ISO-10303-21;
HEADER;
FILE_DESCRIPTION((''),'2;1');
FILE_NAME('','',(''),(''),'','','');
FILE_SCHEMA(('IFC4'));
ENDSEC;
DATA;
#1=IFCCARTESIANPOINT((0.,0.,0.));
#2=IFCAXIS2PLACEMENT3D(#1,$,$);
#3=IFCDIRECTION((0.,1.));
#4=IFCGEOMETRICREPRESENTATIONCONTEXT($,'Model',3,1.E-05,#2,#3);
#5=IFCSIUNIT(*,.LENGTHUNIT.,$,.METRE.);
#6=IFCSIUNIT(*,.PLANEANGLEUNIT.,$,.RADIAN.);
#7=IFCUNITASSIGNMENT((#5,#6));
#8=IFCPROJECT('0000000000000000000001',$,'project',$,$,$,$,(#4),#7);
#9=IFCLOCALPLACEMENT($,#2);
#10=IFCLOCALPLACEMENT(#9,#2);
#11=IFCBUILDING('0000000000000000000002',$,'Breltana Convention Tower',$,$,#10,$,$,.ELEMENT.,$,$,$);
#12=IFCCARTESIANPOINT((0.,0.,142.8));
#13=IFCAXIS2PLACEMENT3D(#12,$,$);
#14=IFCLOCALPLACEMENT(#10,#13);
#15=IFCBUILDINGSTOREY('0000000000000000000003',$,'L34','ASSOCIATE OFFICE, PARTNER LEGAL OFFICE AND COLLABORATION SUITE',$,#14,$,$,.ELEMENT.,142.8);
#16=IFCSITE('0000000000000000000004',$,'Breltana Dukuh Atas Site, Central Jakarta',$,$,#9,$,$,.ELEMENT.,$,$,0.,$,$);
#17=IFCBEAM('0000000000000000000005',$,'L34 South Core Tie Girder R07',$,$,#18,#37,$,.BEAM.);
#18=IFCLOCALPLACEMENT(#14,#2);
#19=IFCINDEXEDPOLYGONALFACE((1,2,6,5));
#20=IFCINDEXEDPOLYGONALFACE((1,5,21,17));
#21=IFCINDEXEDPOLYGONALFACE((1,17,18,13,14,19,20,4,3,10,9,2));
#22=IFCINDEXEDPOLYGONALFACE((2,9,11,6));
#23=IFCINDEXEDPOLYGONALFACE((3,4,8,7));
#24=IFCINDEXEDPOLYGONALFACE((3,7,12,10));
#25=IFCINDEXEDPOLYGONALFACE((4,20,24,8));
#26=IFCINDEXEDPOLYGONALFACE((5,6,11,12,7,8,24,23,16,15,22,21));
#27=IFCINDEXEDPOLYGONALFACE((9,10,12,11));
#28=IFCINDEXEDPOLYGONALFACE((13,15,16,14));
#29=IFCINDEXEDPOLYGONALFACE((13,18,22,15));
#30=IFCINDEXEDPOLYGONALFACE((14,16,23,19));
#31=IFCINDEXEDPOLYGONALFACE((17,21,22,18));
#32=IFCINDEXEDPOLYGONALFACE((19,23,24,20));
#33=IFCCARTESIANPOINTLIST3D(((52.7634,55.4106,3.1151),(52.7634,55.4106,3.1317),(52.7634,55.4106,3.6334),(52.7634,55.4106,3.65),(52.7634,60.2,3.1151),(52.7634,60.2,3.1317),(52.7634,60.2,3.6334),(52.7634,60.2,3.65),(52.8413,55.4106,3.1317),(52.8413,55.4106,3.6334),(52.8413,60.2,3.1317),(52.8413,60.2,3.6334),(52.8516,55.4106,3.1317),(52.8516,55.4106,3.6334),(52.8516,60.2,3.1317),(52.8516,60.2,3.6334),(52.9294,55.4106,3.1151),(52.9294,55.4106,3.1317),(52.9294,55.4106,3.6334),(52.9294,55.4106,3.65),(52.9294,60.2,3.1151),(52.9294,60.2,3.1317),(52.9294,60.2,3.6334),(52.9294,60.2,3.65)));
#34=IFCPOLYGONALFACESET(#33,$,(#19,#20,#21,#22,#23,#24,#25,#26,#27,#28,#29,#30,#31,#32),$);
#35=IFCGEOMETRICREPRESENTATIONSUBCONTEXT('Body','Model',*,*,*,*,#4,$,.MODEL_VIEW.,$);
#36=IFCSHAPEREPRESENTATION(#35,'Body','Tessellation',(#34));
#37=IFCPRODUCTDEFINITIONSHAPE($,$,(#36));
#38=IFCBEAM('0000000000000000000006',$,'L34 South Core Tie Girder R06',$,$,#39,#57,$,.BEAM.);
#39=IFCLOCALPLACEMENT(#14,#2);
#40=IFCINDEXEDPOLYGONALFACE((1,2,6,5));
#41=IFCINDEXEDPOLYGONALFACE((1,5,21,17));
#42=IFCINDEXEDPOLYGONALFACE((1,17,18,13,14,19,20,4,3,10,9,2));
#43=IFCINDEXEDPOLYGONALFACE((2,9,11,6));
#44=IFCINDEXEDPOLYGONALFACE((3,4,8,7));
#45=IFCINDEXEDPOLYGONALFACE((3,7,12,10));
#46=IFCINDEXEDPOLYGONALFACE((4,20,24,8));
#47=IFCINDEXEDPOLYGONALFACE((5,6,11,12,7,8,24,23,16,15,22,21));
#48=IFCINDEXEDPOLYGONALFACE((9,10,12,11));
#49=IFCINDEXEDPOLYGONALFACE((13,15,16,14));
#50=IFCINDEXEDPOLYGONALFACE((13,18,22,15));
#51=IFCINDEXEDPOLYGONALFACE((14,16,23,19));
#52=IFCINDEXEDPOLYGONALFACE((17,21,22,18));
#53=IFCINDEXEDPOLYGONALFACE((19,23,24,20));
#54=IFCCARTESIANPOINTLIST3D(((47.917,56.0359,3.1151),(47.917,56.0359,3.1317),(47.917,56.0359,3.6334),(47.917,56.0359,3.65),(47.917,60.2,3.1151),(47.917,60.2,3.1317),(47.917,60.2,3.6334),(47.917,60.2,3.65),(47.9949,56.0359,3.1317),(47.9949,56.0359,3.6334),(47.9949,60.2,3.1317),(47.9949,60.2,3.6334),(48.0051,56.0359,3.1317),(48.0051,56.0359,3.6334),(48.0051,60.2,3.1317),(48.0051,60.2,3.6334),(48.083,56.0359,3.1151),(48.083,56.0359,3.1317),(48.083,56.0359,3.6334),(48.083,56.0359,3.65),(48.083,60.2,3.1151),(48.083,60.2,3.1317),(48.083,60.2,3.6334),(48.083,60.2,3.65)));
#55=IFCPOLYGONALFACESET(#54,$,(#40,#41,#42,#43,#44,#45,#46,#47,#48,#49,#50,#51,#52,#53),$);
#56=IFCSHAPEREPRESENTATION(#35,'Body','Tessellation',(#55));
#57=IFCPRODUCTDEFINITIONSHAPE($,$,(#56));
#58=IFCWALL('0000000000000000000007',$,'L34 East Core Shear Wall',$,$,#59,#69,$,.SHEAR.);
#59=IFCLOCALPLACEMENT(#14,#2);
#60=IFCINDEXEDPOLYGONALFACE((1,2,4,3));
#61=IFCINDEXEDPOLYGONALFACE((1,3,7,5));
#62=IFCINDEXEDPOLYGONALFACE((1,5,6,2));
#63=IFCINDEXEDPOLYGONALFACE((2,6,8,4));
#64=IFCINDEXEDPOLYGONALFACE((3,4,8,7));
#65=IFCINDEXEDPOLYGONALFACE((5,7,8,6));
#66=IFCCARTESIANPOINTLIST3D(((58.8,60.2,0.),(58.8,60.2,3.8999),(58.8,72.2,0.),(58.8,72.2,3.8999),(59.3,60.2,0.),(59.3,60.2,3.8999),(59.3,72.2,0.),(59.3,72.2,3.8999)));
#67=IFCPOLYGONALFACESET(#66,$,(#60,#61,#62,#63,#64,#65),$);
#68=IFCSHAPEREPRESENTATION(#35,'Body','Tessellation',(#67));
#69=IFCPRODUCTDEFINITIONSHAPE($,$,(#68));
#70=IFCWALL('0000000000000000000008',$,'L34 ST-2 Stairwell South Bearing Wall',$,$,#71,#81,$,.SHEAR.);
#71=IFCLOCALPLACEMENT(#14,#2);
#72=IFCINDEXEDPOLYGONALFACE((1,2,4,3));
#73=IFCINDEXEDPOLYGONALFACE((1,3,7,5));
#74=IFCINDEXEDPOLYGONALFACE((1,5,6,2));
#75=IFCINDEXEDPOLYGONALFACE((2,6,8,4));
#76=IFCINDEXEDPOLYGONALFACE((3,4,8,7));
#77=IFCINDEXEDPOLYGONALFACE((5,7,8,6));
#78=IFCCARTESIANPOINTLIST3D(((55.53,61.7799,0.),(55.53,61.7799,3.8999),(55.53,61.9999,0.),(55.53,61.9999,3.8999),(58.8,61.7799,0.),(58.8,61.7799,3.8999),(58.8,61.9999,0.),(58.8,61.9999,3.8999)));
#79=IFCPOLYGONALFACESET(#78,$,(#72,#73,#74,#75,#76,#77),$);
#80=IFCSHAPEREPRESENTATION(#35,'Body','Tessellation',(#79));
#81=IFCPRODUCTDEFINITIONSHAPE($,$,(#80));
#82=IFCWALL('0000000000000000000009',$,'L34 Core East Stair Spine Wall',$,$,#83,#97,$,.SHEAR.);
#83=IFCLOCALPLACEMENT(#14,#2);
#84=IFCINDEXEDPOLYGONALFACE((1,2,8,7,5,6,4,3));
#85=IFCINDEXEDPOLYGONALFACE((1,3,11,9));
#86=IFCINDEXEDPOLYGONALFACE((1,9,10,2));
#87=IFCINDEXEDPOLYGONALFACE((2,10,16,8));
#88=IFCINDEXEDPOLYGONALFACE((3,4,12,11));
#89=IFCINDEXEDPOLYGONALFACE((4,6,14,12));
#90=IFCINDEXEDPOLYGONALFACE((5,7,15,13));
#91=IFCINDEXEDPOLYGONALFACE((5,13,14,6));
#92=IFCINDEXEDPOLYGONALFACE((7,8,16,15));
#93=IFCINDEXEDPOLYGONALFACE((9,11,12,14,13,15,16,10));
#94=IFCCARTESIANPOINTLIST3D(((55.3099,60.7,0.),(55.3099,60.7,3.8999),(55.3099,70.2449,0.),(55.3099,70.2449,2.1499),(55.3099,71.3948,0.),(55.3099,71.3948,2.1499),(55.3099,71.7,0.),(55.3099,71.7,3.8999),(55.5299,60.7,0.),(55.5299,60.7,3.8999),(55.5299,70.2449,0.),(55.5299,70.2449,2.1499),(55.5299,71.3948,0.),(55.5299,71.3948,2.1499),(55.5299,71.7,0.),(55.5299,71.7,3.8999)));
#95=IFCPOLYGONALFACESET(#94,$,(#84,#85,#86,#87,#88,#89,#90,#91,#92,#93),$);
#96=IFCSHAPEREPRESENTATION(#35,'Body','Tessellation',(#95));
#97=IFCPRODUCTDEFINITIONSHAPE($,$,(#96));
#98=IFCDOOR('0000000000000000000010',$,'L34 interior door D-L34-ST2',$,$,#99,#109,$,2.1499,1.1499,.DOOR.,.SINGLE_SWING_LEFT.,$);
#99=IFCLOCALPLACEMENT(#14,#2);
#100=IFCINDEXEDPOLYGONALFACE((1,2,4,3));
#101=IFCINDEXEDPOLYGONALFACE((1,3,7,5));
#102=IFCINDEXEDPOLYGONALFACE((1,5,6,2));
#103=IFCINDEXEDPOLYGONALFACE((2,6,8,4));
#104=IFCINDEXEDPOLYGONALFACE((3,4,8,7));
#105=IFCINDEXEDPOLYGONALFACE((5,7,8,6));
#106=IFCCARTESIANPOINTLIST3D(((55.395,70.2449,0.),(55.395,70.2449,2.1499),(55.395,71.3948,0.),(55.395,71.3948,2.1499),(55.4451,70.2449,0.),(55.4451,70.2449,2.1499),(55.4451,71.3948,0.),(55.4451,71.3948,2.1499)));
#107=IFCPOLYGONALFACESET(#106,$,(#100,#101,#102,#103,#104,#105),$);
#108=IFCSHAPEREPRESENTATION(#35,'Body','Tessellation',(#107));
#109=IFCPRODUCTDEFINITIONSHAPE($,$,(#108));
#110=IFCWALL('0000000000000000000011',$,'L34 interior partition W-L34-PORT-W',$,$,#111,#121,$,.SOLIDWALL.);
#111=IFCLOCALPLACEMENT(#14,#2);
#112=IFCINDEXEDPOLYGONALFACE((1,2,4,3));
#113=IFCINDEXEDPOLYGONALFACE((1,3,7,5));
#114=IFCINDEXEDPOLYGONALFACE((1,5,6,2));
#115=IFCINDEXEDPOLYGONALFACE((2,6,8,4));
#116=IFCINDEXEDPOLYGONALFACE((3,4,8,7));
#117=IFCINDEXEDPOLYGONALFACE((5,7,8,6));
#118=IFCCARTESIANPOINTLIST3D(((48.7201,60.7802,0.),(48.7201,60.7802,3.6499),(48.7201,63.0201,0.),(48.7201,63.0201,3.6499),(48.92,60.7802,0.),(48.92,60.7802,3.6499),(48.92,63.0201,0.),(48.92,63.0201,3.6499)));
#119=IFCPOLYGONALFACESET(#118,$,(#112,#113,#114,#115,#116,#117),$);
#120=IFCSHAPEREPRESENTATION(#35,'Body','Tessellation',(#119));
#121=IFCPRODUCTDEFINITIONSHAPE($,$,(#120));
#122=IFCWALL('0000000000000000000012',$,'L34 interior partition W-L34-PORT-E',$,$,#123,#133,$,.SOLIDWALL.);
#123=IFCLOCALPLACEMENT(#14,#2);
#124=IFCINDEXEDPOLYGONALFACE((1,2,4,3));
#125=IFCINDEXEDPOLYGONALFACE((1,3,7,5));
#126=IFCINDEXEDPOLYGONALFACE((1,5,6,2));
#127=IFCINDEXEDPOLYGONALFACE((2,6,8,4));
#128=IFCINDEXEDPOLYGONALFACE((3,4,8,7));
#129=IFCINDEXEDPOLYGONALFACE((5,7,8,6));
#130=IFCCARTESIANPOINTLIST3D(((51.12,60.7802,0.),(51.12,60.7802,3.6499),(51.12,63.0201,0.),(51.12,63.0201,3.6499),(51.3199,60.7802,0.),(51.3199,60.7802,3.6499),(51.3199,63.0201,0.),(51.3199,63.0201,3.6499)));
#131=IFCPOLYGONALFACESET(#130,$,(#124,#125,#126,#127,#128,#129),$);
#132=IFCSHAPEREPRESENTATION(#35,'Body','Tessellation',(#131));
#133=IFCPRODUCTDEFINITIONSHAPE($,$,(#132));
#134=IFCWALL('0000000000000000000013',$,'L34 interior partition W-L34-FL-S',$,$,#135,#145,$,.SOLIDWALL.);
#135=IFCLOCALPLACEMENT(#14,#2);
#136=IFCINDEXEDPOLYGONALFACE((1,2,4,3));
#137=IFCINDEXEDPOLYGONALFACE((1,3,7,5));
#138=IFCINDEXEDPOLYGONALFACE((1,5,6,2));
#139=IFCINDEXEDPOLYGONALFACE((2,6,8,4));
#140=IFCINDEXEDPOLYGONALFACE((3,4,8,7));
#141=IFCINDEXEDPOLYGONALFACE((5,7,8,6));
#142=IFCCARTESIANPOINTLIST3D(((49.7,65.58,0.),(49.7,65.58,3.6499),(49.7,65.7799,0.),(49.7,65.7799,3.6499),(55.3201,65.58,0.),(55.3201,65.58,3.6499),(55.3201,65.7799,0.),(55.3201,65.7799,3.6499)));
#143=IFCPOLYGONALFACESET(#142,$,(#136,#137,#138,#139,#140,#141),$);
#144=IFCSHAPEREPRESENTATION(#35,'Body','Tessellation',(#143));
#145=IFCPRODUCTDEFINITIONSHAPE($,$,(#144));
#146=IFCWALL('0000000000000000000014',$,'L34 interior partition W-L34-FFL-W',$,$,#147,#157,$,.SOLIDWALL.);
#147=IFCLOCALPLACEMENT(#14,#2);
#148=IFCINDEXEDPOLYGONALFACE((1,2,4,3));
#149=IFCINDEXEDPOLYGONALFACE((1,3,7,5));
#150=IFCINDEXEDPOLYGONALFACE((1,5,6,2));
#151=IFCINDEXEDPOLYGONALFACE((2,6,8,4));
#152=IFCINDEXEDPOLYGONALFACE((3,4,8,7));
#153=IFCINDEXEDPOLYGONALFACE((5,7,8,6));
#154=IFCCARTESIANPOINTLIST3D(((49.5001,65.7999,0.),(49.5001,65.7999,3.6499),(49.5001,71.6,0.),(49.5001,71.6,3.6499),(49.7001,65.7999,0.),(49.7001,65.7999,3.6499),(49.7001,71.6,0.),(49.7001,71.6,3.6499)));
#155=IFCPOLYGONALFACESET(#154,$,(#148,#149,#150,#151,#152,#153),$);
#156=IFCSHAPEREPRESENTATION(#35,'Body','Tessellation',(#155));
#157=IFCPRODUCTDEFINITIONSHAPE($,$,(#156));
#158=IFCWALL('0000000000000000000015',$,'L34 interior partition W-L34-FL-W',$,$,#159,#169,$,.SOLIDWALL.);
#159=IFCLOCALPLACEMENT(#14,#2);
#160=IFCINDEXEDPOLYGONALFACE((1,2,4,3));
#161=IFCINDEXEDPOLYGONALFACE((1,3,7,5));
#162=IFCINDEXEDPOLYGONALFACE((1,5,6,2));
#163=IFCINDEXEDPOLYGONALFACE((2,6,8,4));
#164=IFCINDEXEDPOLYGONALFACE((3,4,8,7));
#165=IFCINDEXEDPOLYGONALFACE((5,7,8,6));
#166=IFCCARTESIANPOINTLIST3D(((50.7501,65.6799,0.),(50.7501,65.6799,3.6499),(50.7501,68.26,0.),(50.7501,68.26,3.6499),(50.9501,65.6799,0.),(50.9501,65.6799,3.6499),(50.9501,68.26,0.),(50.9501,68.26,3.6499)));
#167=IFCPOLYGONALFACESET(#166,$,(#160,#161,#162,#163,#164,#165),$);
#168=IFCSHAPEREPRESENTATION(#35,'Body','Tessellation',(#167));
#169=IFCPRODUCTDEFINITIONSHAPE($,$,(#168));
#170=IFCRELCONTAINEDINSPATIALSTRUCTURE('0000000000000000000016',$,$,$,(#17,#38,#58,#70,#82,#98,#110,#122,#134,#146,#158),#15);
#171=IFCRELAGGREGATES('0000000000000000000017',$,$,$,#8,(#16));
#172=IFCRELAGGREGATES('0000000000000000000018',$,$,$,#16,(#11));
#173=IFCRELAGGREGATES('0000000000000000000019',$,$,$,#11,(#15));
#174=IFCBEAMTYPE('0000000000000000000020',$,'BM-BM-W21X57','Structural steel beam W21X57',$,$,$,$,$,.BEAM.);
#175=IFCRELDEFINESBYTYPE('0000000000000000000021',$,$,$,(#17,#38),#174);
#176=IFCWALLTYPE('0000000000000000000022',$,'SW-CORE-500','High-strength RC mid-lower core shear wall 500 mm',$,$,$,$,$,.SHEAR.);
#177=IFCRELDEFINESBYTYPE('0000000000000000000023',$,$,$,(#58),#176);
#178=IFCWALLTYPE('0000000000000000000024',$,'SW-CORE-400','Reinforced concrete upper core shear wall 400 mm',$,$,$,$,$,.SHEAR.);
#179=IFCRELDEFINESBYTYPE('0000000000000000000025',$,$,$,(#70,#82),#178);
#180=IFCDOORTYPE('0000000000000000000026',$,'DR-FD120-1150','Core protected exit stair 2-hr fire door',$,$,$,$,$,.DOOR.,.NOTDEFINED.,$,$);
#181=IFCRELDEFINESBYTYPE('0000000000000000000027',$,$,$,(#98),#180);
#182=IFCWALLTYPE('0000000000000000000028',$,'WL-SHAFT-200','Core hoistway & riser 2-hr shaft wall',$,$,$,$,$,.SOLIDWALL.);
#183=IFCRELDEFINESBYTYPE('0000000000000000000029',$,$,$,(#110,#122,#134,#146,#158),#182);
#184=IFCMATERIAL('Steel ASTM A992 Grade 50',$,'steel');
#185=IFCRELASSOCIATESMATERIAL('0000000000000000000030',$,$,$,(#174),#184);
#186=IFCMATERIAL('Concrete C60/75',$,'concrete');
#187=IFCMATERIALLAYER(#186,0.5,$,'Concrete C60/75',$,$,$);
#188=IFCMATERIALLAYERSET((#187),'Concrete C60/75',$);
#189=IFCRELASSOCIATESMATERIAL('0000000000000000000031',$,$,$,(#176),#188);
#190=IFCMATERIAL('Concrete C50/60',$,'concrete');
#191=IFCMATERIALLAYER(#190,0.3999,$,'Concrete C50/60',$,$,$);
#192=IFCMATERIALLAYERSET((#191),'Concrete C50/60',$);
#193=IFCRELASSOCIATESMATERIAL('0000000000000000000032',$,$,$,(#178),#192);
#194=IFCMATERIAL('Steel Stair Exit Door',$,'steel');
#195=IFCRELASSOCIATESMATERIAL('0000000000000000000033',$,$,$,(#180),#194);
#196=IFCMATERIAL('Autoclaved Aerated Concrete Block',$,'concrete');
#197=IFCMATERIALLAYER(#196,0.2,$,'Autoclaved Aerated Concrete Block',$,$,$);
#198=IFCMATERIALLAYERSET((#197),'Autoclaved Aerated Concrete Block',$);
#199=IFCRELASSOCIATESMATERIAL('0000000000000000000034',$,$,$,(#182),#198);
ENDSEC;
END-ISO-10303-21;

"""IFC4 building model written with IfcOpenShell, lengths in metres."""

from ifc_helpers import new_model, si_unit, direction, frame, frame_2d, origin, origin_2d, place, context, subcontext, project, spatial, rectangle, i_section, extrude, source, transform, mapped, material, layer, layer_set, material_profile, profile_set, type_object, type_shapes, element, fill, save


model = new_model("IFC4")

# Units and contexts
model_context = context("Model", 3, precision=1e-05, world=origin(), true_north=direction((0.0, 1.0)))
body_context = subcontext(model_context, "Body", "Model", "MODEL_VIEW")
ifc_project = project(units=[si_unit("LENGTHUNIT", "METRE"), si_unit("PLANEANGLEUNIT", "RADIAN")], contexts=[model_context])

# Site, building, storey
site_placement = place(None, origin())
site = spatial("IfcSite", under=ifc_project, at=site_placement, Name="Breltana Dukuh Atas Site, Central Jakarta", CompositionType="ELEMENT", RefElevation=0.0)
building_placement = place(site_placement, origin())
building = spatial("IfcBuilding", under=site, at=building_placement, Name="Breltana Convention Tower", CompositionType="ELEMENT")
storey_placement = place(building_placement, frame((0.0, 0.0, 142.8)))
storey = spatial("IfcBuildingStorey", under=building, at=storey_placement, Name="L34", Description="ASSOCIATE OFFICE, PARTNER LEGAL OFFICE AND COLLABORATION SUITE", CompositionType="ELEMENT", Elevation=142.8)

# Beams
ifc_material_1 = material(Name="Steel ASTM A992 Grade 50", Category="steel")
ifc_material_profile = material_profile(ifc_material_1, i_section(OverallWidth=0.166, OverallDepth=0.5349, WebThickness=0.0103, FlangeThickness=0.0166, at=origin_2d()), Name="W21X57")
ifc_profile_set = profile_set([ifc_material_profile], Name="Steel ASTM A992 Grade 50")
beam_type = type_object("IfcBeamType", Name="BM-BM-W21X57", Description="Structural steel beam W21X57", PredefinedType="BEAM", material=ifc_profile_set)
shared_shape_1 = source(origin(), body_context, "Body", "SweptSolid", [
    extrude(i_section(OverallWidth=0.166, OverallDepth=0.5349, WebThickness=0.0103, FlangeThickness=0.0166, at=origin_2d()), origin(), (0.0, 0.0, 1.0), 4.7893),
])
beam_1_placement = place(storey_placement, frame((52.8464, 60.2, 3.3826), z_axis=(0.0, -1.0, 0.0), x_axis=(1.0, 0.0, 0.0)))
element("IfcBeam", 1, at=beam_1_placement, inside=storey, type_object=beam_type, Name="L34 South Core Tie Girder R07", PredefinedType="BEAM", context=body_context, shape_type="MappedRepresentation", body=[
    mapped(shared_shape_1, transform((0.0, 0.0, 0.0), scale=1.0)),
])
shared_shape_2 = source(origin(), body_context, "Body", "SweptSolid", [
    extrude(i_section(OverallWidth=0.166, OverallDepth=0.5349, WebThickness=0.0103, FlangeThickness=0.0166, at=origin_2d()), origin(), (0.0, 0.0, 1.0), 4.1641),
])
beam_2_placement = place(storey_placement, frame((48.0, 60.2, 3.3826), z_axis=(0.0, -1.0, 0.0), x_axis=(1.0, 0.0, 0.0)))
element("IfcBeam", 2, at=beam_2_placement, inside=storey, type_object=beam_type, Name="L34 South Core Tie Girder R06", PredefinedType="BEAM", context=body_context, shape_type="MappedRepresentation", body=[
    mapped(shared_shape_2, transform((0.0, 0.0, 0.0), scale=1.0)),
])

# Walls
ifc_material_2 = material(Name="Concrete C60/75", Category="concrete")
ifc_layer_1 = layer(ifc_material_2, 0.5, Name="Concrete C60/75")
ifc_layer_set_1 = layer_set([ifc_layer_1], Name="Concrete C60/75")
wall_type_1 = type_object("IfcWallType", Name="SW-CORE-500", Description="High-strength RC mid-lower core shear wall 500 mm", PredefinedType="SHEAR", material=ifc_layer_set_1)
shared_shape_3 = source(origin(), body_context, "Body", "SweptSolid", [
    extrude(rectangle(XDim=12.0, YDim=0.5, at=frame_2d((6.0, 0.0))), origin(), (0.0, 0.0, 1.0), 3.8999),
])
wall_1_placement = place(storey_placement, frame((59.05, 60.2, 0.0), z_axis=(0.0, 0.0, 1.0), x_axis=(0.0, 1.0, 0.0)))
element("IfcWall", 3, at=wall_1_placement, inside=storey, type_object=wall_type_1, Name="L34 East Core Shear Wall", PredefinedType="SHEAR", context=body_context, shape_type="MappedRepresentation", body=[
    mapped(shared_shape_3, transform((0.0, 0.0, 0.0), scale=1.0)),
])
ifc_material_3 = material(Name="Concrete C50/60", Category="concrete")
ifc_layer_2 = layer(ifc_material_3, 0.3999, Name="Concrete C50/60")
ifc_layer_set_2 = layer_set([ifc_layer_2], Name="Concrete C50/60")
wall_type_2 = type_object("IfcWallType", Name="SW-CORE-400", Description="Reinforced concrete upper core shear wall 400 mm", PredefinedType="SHEAR", material=ifc_layer_set_2)
shared_shape_4 = source(origin(), body_context, "Body", "SweptSolid", [
    extrude(rectangle(XDim=3.27, YDim=0.22, at=frame_2d((1.635, 0.0))), origin(), (0.0, 0.0, 1.0), 3.8999),
])
wall_2_placement = place(storey_placement, frame((55.53, 61.8899, 0.0), z_axis=(0.0, 0.0, 1.0), x_axis=(1.0, 0.0, 0.0)))
element("IfcWall", 4, at=wall_2_placement, inside=storey, type_object=wall_type_2, Name="L34 ST-2 Stairwell South Bearing Wall", PredefinedType="SHEAR", context=body_context, shape_type="MappedRepresentation", body=[
    mapped(shared_shape_4, transform((0.0, 0.0, 0.0), scale=1.0)),
])

# Wall, opening, door
shared_shape_5 = source(origin(), body_context, "Body", "SweptSolid", [
    extrude(rectangle(XDim=11.0, YDim=0.22, at=frame_2d((5.5, 0.0))), origin(), (0.0, 0.0, 1.0), 3.8999),
])
wall_3_placement = place(storey_placement, frame((55.4199, 60.7, 0.0), z_axis=(0.0, 0.0, 1.0), x_axis=(0.0, 1.0, 0.0)))
wall_3 = element("IfcWall", 5, at=wall_3_placement, inside=storey, type_object=wall_type_2, Name="L34 Core East Stair Spine Wall", PredefinedType="SHEAR", context=body_context, shape_type="MappedRepresentation", body=[
    mapped(shared_shape_5, transform((0.0, 0.0, 0.0), scale=1.0)),
])
opening_placement = place(wall_3_placement, frame((9.5449, 0.0, 0.0)))
opening = element("IfcOpeningElement", 6, at=opening_placement, cuts=wall_3, PredefinedType="OPENING", context=body_context, shape_type="SweptSolid", body=[
    extrude(rectangle(XDim=1.1499, YDim=2.1499, at=frame_2d((0.575, 1.075))), frame((0.0, 0.1201, 0.0), z_axis=(0.0, -1.0, 0.0), x_axis=(1.0, 0.0, 0.0)), (0.0, 0.0, 1.0), 0.24),
])
ifc_material_4 = material(Name="Steel Stair Exit Door", Category="steel")
door_type = type_object("IfcDoorType", Name="DR-FD120-1150", Description="Core protected exit stair 2-hr fire door", OperationType="NOTDEFINED", PredefinedType="DOOR", material=ifc_material_4)
shared_shape_6 = source(origin(), body_context, "Body", "SweptSolid", [
    extrude(rectangle(XDim=1.1499, YDim=2.1499, at=frame_2d((0.575, 1.075))), frame((0.0, 0.0249, 0.0), z_axis=(0.0, -1.0, 0.0), x_axis=(1.0, 0.0, 0.0)), (0.0, 0.0, 1.0), 0.05),
])
type_shapes(door_type, [shared_shape_6])
door_placement = place(opening_placement, origin())
door = element("IfcDoor", 7, at=door_placement, inside=storey, type_object=door_type, Name="L34 interior door D-L34-ST2", OperationType="SINGLE_SWING_LEFT", OverallHeight=2.1499, OverallWidth=1.1499, PredefinedType="DOOR", context=body_context, shape_type="MappedRepresentation", body=[
    mapped(shared_shape_6, transform((0.0, 0.0, 0.0), scale=1.0)),
])
fill(opening, door)

# Walls
ifc_material_5 = material(Name="Autoclaved Aerated Concrete Block", Category="concrete")
ifc_layer_3 = layer(ifc_material_5, 0.2, Name="Autoclaved Aerated Concrete Block")
ifc_layer_set_3 = layer_set([ifc_layer_3], Name="Autoclaved Aerated Concrete Block")
wall_type_3 = type_object("IfcWallType", Name="WL-SHAFT-200", Description="Core hoistway & riser 2-hr shaft wall", PredefinedType="SOLIDWALL", material=ifc_layer_set_3)
shared_shape_7 = source(origin(), body_context, "Body", "SweptSolid", [
    extrude(rectangle(XDim=2.24, YDim=0.2, at=frame_2d((1.1201, 0.0))), origin(), (0.0, 0.0, 1.0), 3.6499),
])
for number, where, z_axis, x_axis, name in (
    (8, (48.8201, 60.78, 0.0), (0.0, 0.0, 1.0), (0.0, 1.0, 0.0), "L34 interior partition W-L34-PORT-W"),
    (9, (51.22, 60.78, 0.0), (0.0, 0.0, 1.0), (0.0, 1.0, 0.0), "L34 interior partition W-L34-PORT-E"),
):
    element("IfcWall", number, at=place(storey_placement, frame(where, z_axis=z_axis, x_axis=x_axis)), inside=storey, type_object=wall_type_3, Name=name, PredefinedType="SOLIDWALL", context=body_context, shape_type="MappedRepresentation", body=[
        mapped(shared_shape_7, transform((0.0, 0.0, 0.0), scale=1.0)),
    ])
shared_shape_8 = source(origin(), body_context, "Body", "SweptSolid", [
    extrude(rectangle(XDim=5.6201, YDim=0.2, at=frame_2d((2.8101, 0.0))), origin(), (0.0, 0.0, 1.0), 3.6499),
])
wall_4_placement = place(storey_placement, frame((49.7, 65.6799, 0.0), z_axis=(0.0, 0.0, 1.0), x_axis=(1.0, 0.0, 0.0)))
element("IfcWall", 10, at=wall_4_placement, inside=storey, type_object=wall_type_3, Name="L34 interior partition W-L34-FL-S", PredefinedType="SOLIDWALL", context=body_context, shape_type="MappedRepresentation", body=[
    mapped(shared_shape_8, transform((0.0, 0.0, 0.0), scale=1.0)),
])
shared_shape_9 = source(origin(), body_context, "Body", "SweptSolid", [
    extrude(rectangle(XDim=5.8, YDim=0.2, at=frame_2d((2.8999, 0.0))), origin(), (0.0, 0.0, 1.0), 3.6499),
])
wall_5_placement = place(storey_placement, frame((49.6001, 65.8, 0.0), z_axis=(0.0, 0.0, 1.0), x_axis=(0.0, 1.0, 0.0)))
element("IfcWall", 11, at=wall_5_placement, inside=storey, type_object=wall_type_3, Name="L34 interior partition W-L34-FFL-W", PredefinedType="SOLIDWALL", context=body_context, shape_type="MappedRepresentation", body=[
    mapped(shared_shape_9, transform((0.0, 0.0, 0.0), scale=1.0)),
])
shared_shape_10 = source(origin(), body_context, "Body", "SweptSolid", [
    extrude(rectangle(XDim=2.5801, YDim=0.2, at=frame_2d((1.29, 0.0))), origin(), (0.0, 0.0, 1.0), 3.6499),
])
wall_6_placement = place(storey_placement, frame((50.8501, 65.6799, 0.0), z_axis=(0.0, 0.0, 1.0), x_axis=(0.0, 1.0, 0.0)))
element("IfcWall", 12, at=wall_6_placement, inside=storey, type_object=wall_type_3, Name="L34 interior partition W-L34-FL-W", PredefinedType="SOLIDWALL", context=body_context, shape_type="MappedRepresentation", body=[
    mapped(shared_shape_10, transform((0.0, 0.0, 0.0), scale=1.0)),
])

save(model, "model.ifc")
